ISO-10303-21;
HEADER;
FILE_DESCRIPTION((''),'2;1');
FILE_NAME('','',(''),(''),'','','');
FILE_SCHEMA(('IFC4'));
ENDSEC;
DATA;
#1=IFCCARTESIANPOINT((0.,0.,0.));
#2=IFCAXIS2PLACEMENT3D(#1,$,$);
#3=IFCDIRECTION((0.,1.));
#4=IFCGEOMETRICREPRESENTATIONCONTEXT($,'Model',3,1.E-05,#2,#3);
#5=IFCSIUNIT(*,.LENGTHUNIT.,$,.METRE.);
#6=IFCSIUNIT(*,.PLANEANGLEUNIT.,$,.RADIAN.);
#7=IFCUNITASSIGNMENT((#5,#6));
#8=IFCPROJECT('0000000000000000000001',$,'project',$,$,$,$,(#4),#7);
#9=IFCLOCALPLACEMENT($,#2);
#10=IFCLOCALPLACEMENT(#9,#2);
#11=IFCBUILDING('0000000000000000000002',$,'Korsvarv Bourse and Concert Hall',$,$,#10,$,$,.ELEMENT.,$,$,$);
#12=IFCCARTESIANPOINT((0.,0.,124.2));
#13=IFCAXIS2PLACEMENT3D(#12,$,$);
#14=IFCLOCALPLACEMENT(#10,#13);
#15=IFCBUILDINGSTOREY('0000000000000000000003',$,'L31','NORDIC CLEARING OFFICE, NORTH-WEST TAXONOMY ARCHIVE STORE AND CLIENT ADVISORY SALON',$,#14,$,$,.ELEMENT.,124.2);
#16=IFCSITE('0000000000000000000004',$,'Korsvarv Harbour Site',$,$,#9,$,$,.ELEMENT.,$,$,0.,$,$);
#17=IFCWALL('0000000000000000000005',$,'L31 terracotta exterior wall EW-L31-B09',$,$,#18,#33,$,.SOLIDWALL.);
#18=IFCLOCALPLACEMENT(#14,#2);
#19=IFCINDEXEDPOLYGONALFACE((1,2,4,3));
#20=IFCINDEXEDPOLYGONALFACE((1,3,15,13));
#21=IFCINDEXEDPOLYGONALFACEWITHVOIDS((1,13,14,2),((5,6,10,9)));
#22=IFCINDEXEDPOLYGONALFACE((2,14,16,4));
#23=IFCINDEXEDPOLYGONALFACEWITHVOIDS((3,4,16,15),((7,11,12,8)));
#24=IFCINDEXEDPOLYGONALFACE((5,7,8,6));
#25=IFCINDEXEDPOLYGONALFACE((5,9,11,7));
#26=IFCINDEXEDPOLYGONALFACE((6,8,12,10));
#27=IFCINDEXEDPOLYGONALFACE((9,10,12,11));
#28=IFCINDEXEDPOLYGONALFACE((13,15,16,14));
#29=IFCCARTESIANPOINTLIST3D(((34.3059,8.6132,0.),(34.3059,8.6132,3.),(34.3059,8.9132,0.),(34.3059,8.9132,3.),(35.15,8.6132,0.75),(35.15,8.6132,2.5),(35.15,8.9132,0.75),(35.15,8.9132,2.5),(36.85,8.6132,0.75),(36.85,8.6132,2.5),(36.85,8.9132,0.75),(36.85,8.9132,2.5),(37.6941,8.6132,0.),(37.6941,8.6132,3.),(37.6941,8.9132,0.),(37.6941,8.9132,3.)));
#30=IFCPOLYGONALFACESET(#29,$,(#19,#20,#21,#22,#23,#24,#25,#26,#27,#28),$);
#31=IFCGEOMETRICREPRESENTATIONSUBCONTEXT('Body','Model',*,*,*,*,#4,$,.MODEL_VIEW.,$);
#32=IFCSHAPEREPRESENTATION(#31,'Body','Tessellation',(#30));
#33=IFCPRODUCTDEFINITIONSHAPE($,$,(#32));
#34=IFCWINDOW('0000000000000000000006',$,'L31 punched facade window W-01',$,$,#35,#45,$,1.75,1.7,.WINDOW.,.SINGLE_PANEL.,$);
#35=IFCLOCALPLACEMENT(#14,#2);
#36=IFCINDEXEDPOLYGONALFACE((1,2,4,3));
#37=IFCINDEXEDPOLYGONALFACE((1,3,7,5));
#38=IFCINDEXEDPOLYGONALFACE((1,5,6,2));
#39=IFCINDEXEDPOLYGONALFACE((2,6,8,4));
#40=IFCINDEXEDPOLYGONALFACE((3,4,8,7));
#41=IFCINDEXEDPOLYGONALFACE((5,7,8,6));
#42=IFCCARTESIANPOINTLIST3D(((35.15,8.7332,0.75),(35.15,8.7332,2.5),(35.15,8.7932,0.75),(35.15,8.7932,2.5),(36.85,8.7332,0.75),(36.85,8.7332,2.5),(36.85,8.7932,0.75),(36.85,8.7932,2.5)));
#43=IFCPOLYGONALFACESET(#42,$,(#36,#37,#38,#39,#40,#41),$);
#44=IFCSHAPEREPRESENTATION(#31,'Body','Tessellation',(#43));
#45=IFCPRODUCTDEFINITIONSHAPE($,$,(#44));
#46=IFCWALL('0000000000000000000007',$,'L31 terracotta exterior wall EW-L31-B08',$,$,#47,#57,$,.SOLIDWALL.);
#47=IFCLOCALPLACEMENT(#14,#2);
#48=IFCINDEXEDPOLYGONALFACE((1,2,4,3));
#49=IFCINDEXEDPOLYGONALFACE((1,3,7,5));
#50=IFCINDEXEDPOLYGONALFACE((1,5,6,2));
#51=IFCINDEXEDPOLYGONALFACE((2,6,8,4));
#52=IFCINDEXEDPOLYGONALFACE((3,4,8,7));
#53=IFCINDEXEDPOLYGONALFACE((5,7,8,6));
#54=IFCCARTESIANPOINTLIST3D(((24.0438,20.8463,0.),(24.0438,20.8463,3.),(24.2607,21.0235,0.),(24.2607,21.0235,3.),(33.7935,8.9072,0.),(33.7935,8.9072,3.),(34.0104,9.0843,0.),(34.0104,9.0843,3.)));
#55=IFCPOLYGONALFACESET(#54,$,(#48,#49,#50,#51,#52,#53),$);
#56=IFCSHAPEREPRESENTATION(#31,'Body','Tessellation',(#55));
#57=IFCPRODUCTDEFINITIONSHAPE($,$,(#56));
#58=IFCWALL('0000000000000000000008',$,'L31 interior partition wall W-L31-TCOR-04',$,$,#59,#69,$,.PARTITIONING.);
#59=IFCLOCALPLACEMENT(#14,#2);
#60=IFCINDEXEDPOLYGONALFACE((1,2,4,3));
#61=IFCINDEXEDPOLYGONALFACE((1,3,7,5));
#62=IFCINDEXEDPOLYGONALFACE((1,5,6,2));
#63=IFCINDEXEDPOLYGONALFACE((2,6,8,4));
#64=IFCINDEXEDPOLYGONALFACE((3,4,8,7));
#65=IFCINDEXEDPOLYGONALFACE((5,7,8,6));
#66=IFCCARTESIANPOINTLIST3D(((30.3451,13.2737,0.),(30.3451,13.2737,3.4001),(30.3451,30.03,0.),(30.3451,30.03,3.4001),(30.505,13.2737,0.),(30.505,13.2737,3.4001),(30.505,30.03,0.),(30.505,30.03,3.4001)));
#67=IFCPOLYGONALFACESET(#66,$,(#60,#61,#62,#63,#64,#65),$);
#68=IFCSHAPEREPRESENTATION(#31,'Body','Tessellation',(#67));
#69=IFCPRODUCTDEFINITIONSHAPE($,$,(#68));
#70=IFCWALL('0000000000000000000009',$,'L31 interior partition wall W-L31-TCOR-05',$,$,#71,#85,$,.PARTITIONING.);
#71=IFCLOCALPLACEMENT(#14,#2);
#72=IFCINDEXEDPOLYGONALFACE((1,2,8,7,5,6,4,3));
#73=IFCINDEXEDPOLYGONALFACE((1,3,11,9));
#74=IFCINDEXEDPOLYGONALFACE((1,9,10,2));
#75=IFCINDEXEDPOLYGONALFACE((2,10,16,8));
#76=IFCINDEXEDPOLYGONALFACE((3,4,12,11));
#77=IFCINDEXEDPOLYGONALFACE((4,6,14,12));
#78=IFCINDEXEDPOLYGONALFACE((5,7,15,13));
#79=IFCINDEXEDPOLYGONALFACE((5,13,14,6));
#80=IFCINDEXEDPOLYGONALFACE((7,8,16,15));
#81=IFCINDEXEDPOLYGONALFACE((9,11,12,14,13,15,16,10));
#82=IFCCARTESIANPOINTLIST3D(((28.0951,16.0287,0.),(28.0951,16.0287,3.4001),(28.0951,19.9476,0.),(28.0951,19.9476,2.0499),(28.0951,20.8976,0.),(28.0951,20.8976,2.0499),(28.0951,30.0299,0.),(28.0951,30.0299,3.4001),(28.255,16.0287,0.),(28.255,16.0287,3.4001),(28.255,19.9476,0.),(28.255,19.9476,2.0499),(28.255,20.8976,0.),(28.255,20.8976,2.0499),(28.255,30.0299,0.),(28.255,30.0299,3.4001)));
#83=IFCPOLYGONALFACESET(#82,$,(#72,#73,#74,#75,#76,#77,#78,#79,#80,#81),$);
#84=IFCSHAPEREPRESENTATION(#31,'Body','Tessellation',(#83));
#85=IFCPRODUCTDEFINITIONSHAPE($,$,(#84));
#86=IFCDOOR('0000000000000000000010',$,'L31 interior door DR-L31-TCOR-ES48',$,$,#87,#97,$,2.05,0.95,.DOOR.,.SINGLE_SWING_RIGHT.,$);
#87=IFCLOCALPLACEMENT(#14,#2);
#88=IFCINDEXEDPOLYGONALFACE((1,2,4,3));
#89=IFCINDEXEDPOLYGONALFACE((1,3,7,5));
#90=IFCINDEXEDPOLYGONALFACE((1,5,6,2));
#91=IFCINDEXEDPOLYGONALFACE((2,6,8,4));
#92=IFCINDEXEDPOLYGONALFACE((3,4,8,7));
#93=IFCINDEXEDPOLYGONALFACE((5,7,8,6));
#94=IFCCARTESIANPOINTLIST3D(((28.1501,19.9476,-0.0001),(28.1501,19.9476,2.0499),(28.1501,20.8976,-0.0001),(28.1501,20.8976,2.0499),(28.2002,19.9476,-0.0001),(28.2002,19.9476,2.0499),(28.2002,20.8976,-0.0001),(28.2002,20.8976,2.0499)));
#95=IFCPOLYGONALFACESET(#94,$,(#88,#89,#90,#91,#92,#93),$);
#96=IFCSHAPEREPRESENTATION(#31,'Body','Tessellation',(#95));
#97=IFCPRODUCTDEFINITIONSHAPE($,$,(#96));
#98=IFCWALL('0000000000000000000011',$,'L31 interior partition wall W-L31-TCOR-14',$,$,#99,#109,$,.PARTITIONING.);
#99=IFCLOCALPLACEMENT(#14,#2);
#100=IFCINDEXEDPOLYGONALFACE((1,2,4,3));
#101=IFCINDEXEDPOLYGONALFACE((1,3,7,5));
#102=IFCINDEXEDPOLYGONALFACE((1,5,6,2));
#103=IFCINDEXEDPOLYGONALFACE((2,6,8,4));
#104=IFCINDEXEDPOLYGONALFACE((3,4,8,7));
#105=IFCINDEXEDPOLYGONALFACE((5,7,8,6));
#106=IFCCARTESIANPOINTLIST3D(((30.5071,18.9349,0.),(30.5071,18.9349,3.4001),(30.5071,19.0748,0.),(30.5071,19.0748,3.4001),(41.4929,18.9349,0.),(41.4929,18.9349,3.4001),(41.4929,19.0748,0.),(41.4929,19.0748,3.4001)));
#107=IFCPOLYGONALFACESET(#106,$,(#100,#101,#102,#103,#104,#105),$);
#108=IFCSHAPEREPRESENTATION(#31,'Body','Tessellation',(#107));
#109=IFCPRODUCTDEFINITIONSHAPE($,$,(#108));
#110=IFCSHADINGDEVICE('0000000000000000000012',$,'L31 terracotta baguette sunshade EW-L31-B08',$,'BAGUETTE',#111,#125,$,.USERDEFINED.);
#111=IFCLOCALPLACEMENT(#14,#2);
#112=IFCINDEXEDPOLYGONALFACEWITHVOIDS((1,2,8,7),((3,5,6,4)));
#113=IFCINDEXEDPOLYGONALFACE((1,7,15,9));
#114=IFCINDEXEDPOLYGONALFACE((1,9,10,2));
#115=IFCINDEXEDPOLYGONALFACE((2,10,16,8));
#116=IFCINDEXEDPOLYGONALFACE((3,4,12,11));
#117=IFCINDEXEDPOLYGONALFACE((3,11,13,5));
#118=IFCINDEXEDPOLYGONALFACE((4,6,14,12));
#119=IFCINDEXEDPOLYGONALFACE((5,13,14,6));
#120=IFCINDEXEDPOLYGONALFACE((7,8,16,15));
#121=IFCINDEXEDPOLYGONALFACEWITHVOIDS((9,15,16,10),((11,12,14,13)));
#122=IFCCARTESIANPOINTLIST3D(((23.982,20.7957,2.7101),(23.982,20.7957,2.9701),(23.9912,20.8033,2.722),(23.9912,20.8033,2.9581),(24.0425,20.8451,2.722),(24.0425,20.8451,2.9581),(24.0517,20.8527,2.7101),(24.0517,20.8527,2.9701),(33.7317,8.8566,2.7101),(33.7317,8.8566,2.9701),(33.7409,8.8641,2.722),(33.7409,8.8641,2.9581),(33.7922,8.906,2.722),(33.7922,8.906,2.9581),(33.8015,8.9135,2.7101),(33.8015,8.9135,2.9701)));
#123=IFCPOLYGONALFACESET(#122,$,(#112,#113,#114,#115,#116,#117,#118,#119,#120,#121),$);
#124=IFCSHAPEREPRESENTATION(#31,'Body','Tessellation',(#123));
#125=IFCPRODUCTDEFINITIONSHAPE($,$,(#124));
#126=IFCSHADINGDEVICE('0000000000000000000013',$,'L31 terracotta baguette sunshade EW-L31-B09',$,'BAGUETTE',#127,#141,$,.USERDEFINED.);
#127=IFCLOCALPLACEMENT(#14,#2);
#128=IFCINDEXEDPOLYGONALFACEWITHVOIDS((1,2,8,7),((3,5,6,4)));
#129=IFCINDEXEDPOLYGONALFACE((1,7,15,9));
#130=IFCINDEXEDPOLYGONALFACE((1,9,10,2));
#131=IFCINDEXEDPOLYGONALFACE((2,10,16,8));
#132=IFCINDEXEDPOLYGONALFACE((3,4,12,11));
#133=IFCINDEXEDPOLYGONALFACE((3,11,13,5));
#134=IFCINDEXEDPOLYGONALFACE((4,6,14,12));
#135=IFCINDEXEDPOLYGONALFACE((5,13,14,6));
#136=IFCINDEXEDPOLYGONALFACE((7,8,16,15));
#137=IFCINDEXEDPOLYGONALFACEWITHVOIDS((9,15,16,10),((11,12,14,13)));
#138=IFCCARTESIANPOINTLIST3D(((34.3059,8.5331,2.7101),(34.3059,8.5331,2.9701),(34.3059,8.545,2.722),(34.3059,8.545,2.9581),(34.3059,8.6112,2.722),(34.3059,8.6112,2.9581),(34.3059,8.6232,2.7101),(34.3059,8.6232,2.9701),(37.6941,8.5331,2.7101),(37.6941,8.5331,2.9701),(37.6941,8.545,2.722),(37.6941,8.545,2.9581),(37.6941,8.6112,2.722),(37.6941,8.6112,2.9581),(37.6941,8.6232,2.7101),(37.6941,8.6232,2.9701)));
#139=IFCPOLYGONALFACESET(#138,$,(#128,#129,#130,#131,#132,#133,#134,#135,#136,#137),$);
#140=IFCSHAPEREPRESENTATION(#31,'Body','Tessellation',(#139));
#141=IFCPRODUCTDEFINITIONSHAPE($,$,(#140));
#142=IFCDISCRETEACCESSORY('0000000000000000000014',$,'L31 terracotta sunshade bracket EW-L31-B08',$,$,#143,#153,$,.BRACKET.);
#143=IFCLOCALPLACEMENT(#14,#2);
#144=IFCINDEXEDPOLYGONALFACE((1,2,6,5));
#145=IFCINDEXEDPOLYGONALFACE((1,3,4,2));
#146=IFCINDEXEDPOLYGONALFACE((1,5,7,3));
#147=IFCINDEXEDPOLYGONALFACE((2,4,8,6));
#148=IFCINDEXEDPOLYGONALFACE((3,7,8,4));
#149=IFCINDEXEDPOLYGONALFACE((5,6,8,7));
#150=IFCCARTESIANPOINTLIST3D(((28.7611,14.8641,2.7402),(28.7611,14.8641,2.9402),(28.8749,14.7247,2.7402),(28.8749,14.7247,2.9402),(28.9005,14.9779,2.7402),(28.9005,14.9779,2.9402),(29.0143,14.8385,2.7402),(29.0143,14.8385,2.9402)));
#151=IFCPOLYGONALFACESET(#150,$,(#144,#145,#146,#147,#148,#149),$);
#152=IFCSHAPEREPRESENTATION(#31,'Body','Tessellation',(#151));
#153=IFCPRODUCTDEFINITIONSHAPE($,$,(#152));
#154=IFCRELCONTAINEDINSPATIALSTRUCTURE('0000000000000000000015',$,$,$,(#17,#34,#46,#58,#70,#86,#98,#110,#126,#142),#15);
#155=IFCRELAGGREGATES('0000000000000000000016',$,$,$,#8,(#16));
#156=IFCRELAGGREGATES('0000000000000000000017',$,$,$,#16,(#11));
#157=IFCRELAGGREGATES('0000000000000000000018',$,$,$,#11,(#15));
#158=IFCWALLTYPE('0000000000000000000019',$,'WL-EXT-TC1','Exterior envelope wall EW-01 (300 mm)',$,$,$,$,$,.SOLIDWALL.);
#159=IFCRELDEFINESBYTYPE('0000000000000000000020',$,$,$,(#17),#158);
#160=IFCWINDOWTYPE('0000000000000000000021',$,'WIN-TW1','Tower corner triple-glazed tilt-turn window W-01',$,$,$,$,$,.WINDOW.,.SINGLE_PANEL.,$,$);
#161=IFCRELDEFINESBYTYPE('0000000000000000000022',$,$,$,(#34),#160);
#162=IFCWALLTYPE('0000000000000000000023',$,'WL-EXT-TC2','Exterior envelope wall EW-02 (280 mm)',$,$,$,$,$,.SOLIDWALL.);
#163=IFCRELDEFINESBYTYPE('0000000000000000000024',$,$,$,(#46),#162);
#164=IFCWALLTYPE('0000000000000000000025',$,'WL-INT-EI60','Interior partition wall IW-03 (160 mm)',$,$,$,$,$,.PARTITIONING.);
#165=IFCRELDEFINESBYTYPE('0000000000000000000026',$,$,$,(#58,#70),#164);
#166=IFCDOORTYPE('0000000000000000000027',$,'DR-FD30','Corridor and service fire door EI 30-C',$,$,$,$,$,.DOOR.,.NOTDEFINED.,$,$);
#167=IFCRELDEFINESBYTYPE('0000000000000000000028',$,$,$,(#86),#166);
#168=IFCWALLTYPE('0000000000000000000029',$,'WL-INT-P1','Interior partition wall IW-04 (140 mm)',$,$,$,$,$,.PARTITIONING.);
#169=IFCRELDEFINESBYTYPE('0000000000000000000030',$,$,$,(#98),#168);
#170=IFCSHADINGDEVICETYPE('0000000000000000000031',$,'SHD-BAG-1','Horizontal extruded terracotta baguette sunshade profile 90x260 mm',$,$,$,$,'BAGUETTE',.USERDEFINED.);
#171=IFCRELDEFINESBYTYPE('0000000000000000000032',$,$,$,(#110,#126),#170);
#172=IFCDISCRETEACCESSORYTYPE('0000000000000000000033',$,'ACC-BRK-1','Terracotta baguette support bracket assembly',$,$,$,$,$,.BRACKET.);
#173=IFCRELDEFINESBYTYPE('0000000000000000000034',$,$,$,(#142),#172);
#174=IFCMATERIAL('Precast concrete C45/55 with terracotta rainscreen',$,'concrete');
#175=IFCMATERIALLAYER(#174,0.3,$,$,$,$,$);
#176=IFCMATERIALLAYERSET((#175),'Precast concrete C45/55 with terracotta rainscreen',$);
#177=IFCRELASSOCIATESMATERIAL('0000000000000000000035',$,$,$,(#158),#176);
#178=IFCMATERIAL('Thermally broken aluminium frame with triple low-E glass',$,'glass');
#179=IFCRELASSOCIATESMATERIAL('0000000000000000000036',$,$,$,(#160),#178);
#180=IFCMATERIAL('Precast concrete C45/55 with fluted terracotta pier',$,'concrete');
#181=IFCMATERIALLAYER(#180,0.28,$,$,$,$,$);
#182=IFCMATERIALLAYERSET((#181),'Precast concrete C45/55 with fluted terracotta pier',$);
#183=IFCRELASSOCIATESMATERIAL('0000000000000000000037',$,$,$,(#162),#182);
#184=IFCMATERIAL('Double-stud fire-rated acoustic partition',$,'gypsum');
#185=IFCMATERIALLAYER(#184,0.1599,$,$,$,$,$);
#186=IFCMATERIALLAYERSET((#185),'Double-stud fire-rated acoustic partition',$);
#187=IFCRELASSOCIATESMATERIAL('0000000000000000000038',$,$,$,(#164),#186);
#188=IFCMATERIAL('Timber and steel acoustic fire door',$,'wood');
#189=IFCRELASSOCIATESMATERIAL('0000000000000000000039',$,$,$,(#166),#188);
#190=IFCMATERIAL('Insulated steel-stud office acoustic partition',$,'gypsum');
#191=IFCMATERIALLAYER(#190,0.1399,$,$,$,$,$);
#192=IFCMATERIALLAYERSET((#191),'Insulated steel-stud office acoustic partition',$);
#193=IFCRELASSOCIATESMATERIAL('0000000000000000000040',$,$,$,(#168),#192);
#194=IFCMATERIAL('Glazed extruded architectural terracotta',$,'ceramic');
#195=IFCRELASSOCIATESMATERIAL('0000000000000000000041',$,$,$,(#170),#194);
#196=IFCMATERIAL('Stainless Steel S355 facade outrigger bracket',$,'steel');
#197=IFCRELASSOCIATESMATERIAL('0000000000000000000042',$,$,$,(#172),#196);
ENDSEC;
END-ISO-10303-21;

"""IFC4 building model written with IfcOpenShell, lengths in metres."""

from ifc_helpers import new_model, si_unit, direction, frame, frame_2d, origin, origin_2d, place, context, subcontext, project, spatial, rectangle, hollow_rectangle, extrude, source, transform, mapped, material, layer, layer_set, material_profile, profile_set, type_object, element, fill, save


model = new_model("IFC4")

# Units and contexts
model_context = context("Model", 3, precision=1e-05, world=origin(), true_north=direction((0.0, 1.0)))
body_context = subcontext(model_context, "Body", "Model", "MODEL_VIEW")
ifc_project = project(units=[si_unit("LENGTHUNIT", "METRE"), si_unit("PLANEANGLEUNIT", "RADIAN")], contexts=[model_context])

# Site, building, storey
site_placement = place(None, origin())
site = spatial("IfcSite", under=ifc_project, at=site_placement, Name="Korsvarv Harbour Site", CompositionType="ELEMENT", RefElevation=0.0)
building_placement = place(site_placement, origin())
building = spatial("IfcBuilding", under=site, at=building_placement, Name="Korsvarv Bourse and Concert Hall", CompositionType="ELEMENT")
storey_placement = place(building_placement, frame((0.0, 0.0, 124.2)))
storey = spatial("IfcBuildingStorey", under=building, at=storey_placement, Name="L31", Description="NORDIC CLEARING OFFICE, NORTH-WEST TAXONOMY ARCHIVE STORE AND CLIENT ADVISORY SALON", CompositionType="ELEMENT", Elevation=124.2)

# Wall, opening, window
ifc_material_1 = material(Name="Precast concrete C45/55 with terracotta rainscreen", Category="concrete")
ifc_layer_1 = layer(ifc_material_1, 0.3)
ifc_layer_set_1 = layer_set([ifc_layer_1], Name="Precast concrete C45/55 with terracotta rainscreen")
wall_type_1 = type_object("IfcWallType", Name="WL-EXT-TC1", Description="Exterior envelope wall EW-01 (300 mm)", PredefinedType="SOLIDWALL", material=ifc_layer_set_1)
wall_1_placement = place(storey_placement, frame((34.3059, 8.7632, 0.0), z_axis=(0.0, 0.0, 1.0), x_axis=(1.0, 0.0, 0.0)))
wall_1 = element("IfcWall", 1, at=wall_1_placement, inside=storey, type_object=wall_type_1, Name="L31 terracotta exterior wall EW-L31-B09", PredefinedType="SOLIDWALL", context=body_context, shape_type="SweptSolid", body=[
    extrude(rectangle(XDim=3.3882, YDim=0.3, at=frame_2d((1.6941, 0.0))), origin(), (0.0, 0.0, 1.0), 3.0),
])
opening_1_placement = place(wall_1_placement, frame((0.844, 0.0, 0.75)))
opening_1 = element("IfcOpeningElement", 2, at=opening_1_placement, cuts=wall_1, PredefinedType="OPENING", context=body_context, shape_type="SweptSolid", body=[
    extrude(rectangle(XDim=1.7, YDim=1.75, at=frame_2d((0.8501, 0.875))), frame((0.0, 0.1602, 0.0), z_axis=(0.0, -1.0, 0.0), x_axis=(1.0, 0.0, 0.0)), (0.0, 0.0, 1.0), 0.3201),
])
ifc_material_2 = material(Name="Thermally broken aluminium frame with triple low-E glass", Category="glass")
window_type = type_object("IfcWindowType", Name="WIN-TW1", Description="Tower corner triple-glazed tilt-turn window W-01", PartitioningType="SINGLE_PANEL", PredefinedType="WINDOW", material=ifc_material_2)
window_placement = place(opening_1_placement, origin())
window = element("IfcWindow", 3, at=window_placement, inside=storey, type_object=window_type, Name="L31 punched facade window W-01", OverallHeight=1.75, OverallWidth=1.7, PartitioningType="SINGLE_PANEL", PredefinedType="WINDOW", context=body_context, shape_type="SweptSolid", body=[
    extrude(rectangle(XDim=1.7, YDim=1.75, at=frame_2d((0.8501, 0.875))), frame((0.0, 0.03, 0.0), z_axis=(0.0, -1.0, 0.0), x_axis=(1.0, 0.0, 0.0)), (0.0, 0.0, 1.0), 0.0601),
])
fill(opening_1, window)

# Walls
ifc_material_3 = material(Name="Precast concrete C45/55 with fluted terracotta pier", Category="concrete")
ifc_layer_2 = layer(ifc_material_3, 0.28)
ifc_layer_set_2 = layer_set([ifc_layer_2], Name="Precast concrete C45/55 with fluted terracotta pier")
wall_type_2 = type_object("IfcWallType", Name="WL-EXT-TC2", Description="Exterior envelope wall EW-02 (280 mm)", PredefinedType="SOLIDWALL", material=ifc_layer_set_2)
wall_2_placement = place(storey_placement, frame((24.1523, 20.9348, 0.0), z_axis=(0.0, 0.0, 1.0), x_axis=(0.632511, -0.774551, 0.0)))
element("IfcWall", 4, at=wall_2_placement, inside=storey, type_object=wall_type_2, Name="L31 terracotta exterior wall EW-L31-B08", PredefinedType="SOLIDWALL", context=body_context, shape_type="SweptSolid", body=[
    extrude(rectangle(XDim=15.4143, YDim=0.28, at=frame_2d((7.707, 0.0))), origin(), (0.0, 0.0, 1.0), 3.0),
])
ifc_material_4 = material(Name="Double-stud fire-rated acoustic partition", Category="gypsum")
ifc_layer_3 = layer(ifc_material_4, 0.1599)
ifc_layer_set_3 = layer_set([ifc_layer_3], Name="Double-stud fire-rated acoustic partition")
wall_type_3 = type_object("IfcWallType", Name="WL-INT-EI60", Description="Interior partition wall IW-03 (160 mm)", PredefinedType="PARTITIONING", material=ifc_layer_set_3)
wall_3_placement = place(storey_placement, frame((30.425, 13.2737, 0.0), z_axis=(0.0, 0.0, 1.0), x_axis=(0.0, 1.0, 0.0)))
element("IfcWall", 5, at=wall_3_placement, inside=storey, type_object=wall_type_3, Name="L31 interior partition wall W-L31-TCOR-04", PredefinedType="PARTITIONING", context=body_context, shape_type="SweptSolid", body=[
    extrude(rectangle(XDim=16.7563, YDim=0.1599, at=frame_2d((8.3782, 0.0))), origin(), (0.0, 0.0, 1.0), 3.4001),
])

# Wall, opening, door
wall_4_placement = place(storey_placement, frame((28.175, 16.0288, 0.0), z_axis=(0.0, 0.0, 1.0), x_axis=(0.0, 1.0, 0.0)))
wall_4 = element("IfcWall", 6, at=wall_4_placement, inside=storey, type_object=wall_type_3, Name="L31 interior partition wall W-L31-TCOR-05", PredefinedType="PARTITIONING", context=body_context, shape_type="SweptSolid", body=[
    extrude(rectangle(XDim=14.0012, YDim=0.1599, at=frame_2d((7.0005, 0.0))), origin(), (0.0, 0.0, 1.0), 3.4001),
])
opening_2_placement = place(wall_4_placement, frame((3.9187, 0.0, 0.0)))
opening_2 = element("IfcOpeningElement", 7, at=opening_2_placement, cuts=wall_4, PredefinedType="OPENING", context=body_context, shape_type="SweptSolid", body=[
    extrude(rectangle(XDim=0.95, YDim=2.05, at=frame_2d((0.4751, 1.0249))), frame((0.0, 0.0898, 0.0), z_axis=(0.0, -1.0, 0.0), x_axis=(1.0, 0.0, 0.0)), (0.0, 0.0, 1.0), 0.1799),
])
ifc_material_5 = material(Name="Timber and steel acoustic fire door", Category="wood")
door_type = type_object("IfcDoorType", Name="DR-FD30", Description="Corridor and service fire door EI 30-C", OperationType="NOTDEFINED", PredefinedType="DOOR", material=ifc_material_5)
door_placement = place(opening_2_placement, origin())
door = element("IfcDoor", 8, at=door_placement, inside=storey, type_object=door_type, Name="L31 interior door DR-L31-TCOR-ES48", OperationType="SINGLE_SWING_RIGHT", OverallHeight=2.05, OverallWidth=0.95, PredefinedType="DOOR", context=body_context, shape_type="SweptSolid", body=[
    extrude(rectangle(XDim=0.95, YDim=2.05, at=frame_2d((0.4751, 1.0249))), frame((0.0, 0.0249, 0.0), z_axis=(0.0, -1.0, 0.0), x_axis=(1.0, 0.0, 0.0)), (0.0, 0.0, 1.0), 0.05),
])
fill(opening_2, door)

# Wall
ifc_material_6 = material(Name="Insulated steel-stud office acoustic partition", Category="gypsum")
ifc_layer_4 = layer(ifc_material_6, 0.1399)
ifc_layer_set_4 = layer_set([ifc_layer_4], Name="Insulated steel-stud office acoustic partition")
wall_type_4 = type_object("IfcWallType", Name="WL-INT-P1", Description="Interior partition wall IW-04 (140 mm)", PredefinedType="PARTITIONING", material=ifc_layer_set_4)
wall_5_placement = place(storey_placement, frame((30.5071, 19.0049, 0.0), z_axis=(0.0, 0.0, 1.0), x_axis=(1.0, 0.0, 0.0)))
element("IfcWall", 9, at=wall_5_placement, inside=storey, type_object=wall_type_4, Name="L31 interior partition wall W-L31-TCOR-14", PredefinedType="PARTITIONING", context=body_context, shape_type="SweptSolid", body=[
    extrude(rectangle(XDim=10.9858, YDim=0.1399, at=frame_2d((5.4929, 0.0))), origin(), (0.0, 0.0, 1.0), 3.4001),
])

# Shading devices
ifc_material_7 = material(Name="Glazed extruded architectural terracotta", Category="ceramic")
ifc_material_profile_1 = material_profile(ifc_material_7, hollow_rectangle(XDim=0.0901, YDim=0.26, WallThickness=0.012, at=origin_2d()), Name="TC-BAG 90x260")
ifc_profile_set_1 = profile_set([ifc_material_profile_1], Name="Glazed extruded architectural terracotta")
shading_device_type = type_object("IfcShadingDeviceType", Name="SHD-BAG-1", Description="Horizontal extruded terracotta baguette sunshade profile 90x260 mm", ElementType="BAGUETTE", PredefinedType="USERDEFINED", material=ifc_profile_set_1)
shared_shape_1 = source(origin(), body_context, "Body", "SweptSolid", [
    extrude(hollow_rectangle(XDim=0.0901, YDim=0.26, WallThickness=0.012, at=origin_2d()), origin(), (0.0, 0.0, 1.0), 15.4143),
])
shading_device_1_placement = place(storey_placement, frame((24.0168, 20.8242, 2.8401), z_axis=(0.632511, -0.774551, 0.0), x_axis=(0.774551, 0.632511, 0.0)))
element("IfcShadingDevice", 10, at=shading_device_1_placement, inside=storey, type_object=shading_device_type, Name="L31 terracotta baguette sunshade EW-L31-B08", ObjectType="BAGUETTE", PredefinedType="USERDEFINED", context=body_context, shape_type="MappedRepresentation", body=[
    mapped(shared_shape_1, transform((0.0, 0.0, 0.0), scale=1.0)),
])
shared_shape_2 = source(origin(), body_context, "Body", "SweptSolid", [
    extrude(hollow_rectangle(XDim=0.0901, YDim=0.26, WallThickness=0.012, at=origin_2d()), origin(), (0.0, 0.0, 1.0), 3.3882),
])
shading_device_2_placement = place(storey_placement, frame((34.3059, 8.5781, 2.8401), z_axis=(1.0, 0.0, 0.0), x_axis=(0.0, 1.0, 0.0)))
element("IfcShadingDevice", 11, at=shading_device_2_placement, inside=storey, type_object=shading_device_type, Name="L31 terracotta baguette sunshade EW-L31-B09", ObjectType="BAGUETTE", PredefinedType="USERDEFINED", context=body_context, shape_type="MappedRepresentation", body=[
    mapped(shared_shape_2, transform((0.0, 0.0, 0.0), scale=1.0)),
])

# Discrete accessory
ifc_material_8 = material(Name="Stainless Steel S355 facade outrigger bracket", Category="steel")
discrete_accessory_type = type_object("IfcDiscreteAccessoryType", Name="ACC-BRK-1", Description="Terracotta baguette support bracket assembly", PredefinedType="BRACKET", material=ifc_material_8)
shared_shape_3 = source(origin(), body_context, "Body", "SweptSolid", [
    extrude(rectangle(XDim=0.1799, YDim=0.1799, at=origin_2d()), origin(), (0.0, 0.0, 1.0), 0.2),
])
discrete_accessory_placement = place(storey_placement, frame((28.8877, 14.8513, 2.7402), z_axis=(0.0, 0.0, 1.0), x_axis=(0.63257, -0.774503, 0.0)))
element("IfcDiscreteAccessory", 12, at=discrete_accessory_placement, inside=storey, type_object=discrete_accessory_type, Name="L31 terracotta sunshade bracket EW-L31-B08", PredefinedType="BRACKET", context=body_context, shape_type="MappedRepresentation", body=[
    mapped(shared_shape_3, transform((0.0, 0.0, 0.0), scale=1.0)),
])

save(model, "model.ifc")
